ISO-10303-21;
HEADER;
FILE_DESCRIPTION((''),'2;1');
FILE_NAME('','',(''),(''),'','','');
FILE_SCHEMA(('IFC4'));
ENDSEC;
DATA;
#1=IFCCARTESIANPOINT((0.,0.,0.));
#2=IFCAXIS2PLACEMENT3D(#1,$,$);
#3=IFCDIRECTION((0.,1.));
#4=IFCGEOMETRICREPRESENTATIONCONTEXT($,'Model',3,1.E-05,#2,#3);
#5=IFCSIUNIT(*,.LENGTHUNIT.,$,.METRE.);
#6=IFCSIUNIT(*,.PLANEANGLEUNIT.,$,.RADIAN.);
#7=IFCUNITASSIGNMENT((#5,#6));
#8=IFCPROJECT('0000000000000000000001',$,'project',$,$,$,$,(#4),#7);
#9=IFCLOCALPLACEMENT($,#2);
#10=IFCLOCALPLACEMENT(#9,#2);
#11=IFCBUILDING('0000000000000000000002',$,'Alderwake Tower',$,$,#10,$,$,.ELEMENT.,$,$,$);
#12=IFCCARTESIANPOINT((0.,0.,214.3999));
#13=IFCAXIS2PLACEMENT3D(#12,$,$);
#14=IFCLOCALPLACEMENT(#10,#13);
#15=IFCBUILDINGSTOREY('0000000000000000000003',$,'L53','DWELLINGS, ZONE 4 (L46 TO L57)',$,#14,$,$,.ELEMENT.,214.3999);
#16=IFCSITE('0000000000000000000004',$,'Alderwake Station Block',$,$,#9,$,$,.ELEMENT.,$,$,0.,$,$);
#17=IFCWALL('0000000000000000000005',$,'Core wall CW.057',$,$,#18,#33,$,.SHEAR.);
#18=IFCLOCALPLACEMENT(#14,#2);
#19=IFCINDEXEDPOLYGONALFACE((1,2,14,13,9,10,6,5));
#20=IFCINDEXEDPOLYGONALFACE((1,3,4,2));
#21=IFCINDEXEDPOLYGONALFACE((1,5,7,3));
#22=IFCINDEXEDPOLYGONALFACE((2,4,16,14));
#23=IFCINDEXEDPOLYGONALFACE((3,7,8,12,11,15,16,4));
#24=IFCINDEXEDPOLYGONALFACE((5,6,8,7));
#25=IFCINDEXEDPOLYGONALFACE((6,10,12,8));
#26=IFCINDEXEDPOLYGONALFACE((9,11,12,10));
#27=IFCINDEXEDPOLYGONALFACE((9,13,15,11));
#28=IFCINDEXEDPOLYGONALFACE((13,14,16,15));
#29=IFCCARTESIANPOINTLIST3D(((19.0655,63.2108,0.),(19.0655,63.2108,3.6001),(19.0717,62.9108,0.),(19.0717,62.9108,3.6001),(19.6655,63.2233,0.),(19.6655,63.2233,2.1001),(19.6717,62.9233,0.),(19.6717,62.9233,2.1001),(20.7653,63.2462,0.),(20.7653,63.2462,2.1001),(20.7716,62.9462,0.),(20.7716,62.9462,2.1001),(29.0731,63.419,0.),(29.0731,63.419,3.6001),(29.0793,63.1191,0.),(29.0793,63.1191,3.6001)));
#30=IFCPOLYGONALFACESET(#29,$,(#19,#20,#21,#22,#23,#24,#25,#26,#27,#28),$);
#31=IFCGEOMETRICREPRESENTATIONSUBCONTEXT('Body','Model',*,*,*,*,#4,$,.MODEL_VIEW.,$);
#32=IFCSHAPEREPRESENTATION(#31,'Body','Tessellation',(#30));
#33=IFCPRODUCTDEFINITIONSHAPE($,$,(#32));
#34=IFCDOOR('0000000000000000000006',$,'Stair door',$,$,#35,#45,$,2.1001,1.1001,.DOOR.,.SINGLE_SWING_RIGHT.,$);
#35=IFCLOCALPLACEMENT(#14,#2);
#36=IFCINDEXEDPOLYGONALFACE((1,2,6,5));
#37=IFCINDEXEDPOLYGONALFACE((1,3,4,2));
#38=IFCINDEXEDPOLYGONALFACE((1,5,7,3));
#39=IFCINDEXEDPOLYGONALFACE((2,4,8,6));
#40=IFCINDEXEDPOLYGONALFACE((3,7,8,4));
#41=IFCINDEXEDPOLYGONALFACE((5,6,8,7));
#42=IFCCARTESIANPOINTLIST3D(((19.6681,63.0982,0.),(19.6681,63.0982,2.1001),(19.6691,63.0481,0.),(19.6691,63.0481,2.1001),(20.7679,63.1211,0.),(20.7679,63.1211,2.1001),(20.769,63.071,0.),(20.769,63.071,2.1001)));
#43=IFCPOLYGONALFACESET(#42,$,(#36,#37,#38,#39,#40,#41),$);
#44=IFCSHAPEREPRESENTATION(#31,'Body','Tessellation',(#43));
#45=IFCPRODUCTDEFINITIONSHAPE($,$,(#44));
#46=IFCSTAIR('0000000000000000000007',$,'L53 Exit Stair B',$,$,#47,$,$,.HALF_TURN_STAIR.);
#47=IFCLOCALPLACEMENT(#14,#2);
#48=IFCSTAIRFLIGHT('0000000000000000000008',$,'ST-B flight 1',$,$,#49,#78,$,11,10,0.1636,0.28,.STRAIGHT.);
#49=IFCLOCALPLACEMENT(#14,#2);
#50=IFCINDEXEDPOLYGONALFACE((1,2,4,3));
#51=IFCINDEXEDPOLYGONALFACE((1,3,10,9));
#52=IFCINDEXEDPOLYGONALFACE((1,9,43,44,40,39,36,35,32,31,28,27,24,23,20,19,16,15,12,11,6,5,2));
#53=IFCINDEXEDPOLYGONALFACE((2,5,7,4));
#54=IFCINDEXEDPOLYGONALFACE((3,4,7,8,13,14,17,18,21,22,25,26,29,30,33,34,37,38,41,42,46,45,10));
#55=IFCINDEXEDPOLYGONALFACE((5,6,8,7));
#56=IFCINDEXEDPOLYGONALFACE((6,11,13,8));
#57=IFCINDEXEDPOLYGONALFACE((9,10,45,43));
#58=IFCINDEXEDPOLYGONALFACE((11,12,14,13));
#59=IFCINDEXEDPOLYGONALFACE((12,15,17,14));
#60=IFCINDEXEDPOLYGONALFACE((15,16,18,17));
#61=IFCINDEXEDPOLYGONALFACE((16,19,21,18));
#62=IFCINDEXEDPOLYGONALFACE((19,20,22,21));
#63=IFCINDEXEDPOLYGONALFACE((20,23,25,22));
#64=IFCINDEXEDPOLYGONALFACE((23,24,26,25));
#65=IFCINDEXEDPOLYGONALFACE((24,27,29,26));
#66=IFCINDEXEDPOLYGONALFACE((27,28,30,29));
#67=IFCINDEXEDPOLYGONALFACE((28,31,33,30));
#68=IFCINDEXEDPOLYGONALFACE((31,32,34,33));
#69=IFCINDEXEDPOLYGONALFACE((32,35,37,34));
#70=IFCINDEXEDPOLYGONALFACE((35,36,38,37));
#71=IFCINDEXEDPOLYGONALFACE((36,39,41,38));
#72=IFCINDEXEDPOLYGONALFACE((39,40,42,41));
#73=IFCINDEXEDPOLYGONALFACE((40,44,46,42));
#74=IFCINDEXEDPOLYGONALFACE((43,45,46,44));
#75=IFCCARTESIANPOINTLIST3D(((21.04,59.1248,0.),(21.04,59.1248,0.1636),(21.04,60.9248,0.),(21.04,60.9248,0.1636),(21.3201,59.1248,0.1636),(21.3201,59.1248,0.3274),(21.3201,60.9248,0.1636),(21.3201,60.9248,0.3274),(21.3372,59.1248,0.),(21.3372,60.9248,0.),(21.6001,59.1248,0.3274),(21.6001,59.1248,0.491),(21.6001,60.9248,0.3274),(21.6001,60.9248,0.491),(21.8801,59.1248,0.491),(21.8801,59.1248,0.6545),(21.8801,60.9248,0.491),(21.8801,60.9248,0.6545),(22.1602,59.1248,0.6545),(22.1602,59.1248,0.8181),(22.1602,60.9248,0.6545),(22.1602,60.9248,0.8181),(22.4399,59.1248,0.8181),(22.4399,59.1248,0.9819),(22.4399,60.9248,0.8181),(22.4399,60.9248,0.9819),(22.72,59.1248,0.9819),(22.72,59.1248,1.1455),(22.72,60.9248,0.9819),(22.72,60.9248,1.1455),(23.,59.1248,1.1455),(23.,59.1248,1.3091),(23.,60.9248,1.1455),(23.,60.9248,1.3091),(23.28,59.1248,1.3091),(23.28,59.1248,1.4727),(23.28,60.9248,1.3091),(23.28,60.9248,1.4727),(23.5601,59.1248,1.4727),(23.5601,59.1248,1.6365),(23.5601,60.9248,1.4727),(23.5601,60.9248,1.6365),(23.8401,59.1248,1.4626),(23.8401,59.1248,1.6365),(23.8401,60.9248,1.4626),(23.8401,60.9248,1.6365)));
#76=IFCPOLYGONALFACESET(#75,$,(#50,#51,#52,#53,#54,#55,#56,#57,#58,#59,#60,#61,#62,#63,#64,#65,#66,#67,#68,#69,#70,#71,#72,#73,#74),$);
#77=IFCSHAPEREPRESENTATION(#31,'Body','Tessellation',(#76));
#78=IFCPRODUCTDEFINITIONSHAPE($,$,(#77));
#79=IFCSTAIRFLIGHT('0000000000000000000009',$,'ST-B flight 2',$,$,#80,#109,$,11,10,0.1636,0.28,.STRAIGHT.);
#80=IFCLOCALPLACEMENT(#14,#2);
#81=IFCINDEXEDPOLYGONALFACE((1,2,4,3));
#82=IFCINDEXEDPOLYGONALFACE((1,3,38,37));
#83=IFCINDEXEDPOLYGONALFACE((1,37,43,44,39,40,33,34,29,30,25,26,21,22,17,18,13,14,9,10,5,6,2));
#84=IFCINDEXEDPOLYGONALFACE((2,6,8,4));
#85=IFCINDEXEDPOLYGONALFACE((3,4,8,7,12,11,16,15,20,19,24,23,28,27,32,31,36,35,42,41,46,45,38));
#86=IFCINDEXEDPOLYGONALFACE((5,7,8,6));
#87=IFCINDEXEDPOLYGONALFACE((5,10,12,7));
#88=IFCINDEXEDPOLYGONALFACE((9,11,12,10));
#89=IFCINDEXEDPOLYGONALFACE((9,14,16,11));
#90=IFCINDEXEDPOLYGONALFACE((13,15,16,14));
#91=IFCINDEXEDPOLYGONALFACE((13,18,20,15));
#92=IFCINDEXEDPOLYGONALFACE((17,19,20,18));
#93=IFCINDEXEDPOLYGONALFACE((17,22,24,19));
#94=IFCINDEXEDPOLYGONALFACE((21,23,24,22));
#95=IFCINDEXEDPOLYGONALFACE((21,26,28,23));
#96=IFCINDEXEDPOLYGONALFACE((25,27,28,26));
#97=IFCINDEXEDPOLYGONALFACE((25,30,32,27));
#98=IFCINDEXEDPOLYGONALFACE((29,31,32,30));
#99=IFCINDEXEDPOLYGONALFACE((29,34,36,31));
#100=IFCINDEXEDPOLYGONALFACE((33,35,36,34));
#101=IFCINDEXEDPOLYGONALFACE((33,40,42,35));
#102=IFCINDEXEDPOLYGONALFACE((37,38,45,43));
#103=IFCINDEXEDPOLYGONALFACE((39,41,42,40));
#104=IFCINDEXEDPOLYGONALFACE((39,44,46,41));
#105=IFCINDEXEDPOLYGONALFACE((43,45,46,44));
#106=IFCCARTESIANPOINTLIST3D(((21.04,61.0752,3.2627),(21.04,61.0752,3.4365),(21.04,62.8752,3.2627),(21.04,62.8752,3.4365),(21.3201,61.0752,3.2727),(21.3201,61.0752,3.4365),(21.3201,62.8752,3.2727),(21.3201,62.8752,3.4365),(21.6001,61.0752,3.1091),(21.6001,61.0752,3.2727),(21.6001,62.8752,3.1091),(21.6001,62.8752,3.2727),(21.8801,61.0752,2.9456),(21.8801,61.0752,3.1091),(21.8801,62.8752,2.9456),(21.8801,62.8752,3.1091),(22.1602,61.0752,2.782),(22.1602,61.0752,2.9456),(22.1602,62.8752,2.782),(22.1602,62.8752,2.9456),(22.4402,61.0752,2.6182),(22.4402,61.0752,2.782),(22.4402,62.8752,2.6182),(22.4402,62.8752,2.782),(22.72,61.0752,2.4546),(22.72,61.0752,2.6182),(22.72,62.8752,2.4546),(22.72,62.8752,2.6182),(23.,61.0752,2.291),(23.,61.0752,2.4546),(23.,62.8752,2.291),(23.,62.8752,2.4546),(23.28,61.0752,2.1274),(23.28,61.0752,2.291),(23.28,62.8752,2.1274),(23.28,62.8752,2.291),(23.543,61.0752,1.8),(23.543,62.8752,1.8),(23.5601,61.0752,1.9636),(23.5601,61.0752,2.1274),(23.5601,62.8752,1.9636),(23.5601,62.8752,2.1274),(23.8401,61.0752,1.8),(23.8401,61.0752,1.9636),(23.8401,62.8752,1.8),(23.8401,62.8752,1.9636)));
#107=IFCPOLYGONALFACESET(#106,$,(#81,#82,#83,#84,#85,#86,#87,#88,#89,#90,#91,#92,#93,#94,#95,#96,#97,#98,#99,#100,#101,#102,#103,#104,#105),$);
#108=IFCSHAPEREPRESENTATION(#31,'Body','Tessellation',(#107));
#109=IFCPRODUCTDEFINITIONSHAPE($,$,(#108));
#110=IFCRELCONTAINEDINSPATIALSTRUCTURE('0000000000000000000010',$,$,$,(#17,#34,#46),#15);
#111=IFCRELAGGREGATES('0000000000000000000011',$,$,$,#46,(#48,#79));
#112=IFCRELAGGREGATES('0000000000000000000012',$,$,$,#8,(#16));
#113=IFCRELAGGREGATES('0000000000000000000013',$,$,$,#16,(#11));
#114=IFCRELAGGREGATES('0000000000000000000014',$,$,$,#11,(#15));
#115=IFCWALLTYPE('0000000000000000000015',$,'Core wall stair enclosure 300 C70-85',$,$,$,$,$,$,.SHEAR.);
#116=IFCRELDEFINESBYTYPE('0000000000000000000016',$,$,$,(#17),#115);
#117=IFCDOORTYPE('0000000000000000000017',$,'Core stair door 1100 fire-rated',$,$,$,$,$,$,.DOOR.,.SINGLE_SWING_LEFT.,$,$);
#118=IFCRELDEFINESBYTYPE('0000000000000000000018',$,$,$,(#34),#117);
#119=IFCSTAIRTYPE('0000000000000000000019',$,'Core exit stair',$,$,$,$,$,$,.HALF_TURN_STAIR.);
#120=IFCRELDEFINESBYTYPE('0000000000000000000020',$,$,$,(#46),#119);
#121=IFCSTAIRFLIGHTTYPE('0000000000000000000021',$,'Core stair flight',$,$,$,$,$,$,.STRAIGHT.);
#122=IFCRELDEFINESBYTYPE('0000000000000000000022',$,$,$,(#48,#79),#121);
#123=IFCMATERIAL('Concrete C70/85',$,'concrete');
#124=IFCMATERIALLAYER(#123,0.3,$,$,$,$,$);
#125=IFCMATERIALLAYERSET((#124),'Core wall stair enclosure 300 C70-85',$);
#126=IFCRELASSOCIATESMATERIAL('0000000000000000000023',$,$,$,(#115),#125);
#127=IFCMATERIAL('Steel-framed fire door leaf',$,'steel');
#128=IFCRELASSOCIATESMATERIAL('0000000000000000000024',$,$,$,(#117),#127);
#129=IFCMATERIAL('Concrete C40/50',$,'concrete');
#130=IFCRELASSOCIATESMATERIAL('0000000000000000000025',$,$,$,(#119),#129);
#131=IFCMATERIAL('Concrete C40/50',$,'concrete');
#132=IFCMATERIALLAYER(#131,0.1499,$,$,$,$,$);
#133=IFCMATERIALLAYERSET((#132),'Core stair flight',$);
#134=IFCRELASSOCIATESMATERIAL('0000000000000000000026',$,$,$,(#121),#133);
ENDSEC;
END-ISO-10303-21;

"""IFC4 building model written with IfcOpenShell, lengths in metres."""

from ifc_helpers import new_model, si_unit, direction, frame, frame_2d, origin, place, context, subcontext, project, spatial, polyline, rectangle, outline, extrude, material, layer, layer_set, type_object, element, fill, aggregate, save


model = new_model("IFC4")

# Units and contexts
model_context = context("Model", 3, precision=1e-05, world=origin(), true_north=direction((0.0, 1.0)))
body_context = subcontext(model_context, "Body", "Model", "MODEL_VIEW")
ifc_project = project(units=[si_unit("LENGTHUNIT", "METRE"), si_unit("PLANEANGLEUNIT", "RADIAN")], contexts=[model_context])

# Site, building, storey
site_placement = place(None, origin())
site = spatial("IfcSite", under=ifc_project, at=site_placement, Name="Alderwake Station Block", CompositionType="ELEMENT", RefElevation=0.0)
building_placement = place(site_placement, origin())
building = spatial("IfcBuilding", under=site, at=building_placement, Name="Alderwake Tower", CompositionType="ELEMENT")
storey_placement = place(building_placement, frame((0.0, 0.0, 214.3999)))
storey = spatial("IfcBuildingStorey", under=building, at=storey_placement, Name="L53", Description="DWELLINGS, ZONE 4 (L46 TO L57)", CompositionType="ELEMENT", Elevation=214.3999)

# Shared definitions
ifc_material_1 = material(Name="Concrete C70/85", Category="concrete")
ifc_layer_1 = layer(ifc_material_1, 0.3)
ifc_layer_set_1 = layer_set([ifc_layer_1], Name="Core wall stair enclosure 300 C70-85")
wall_type_1 = type_object("IfcWallType", Name="Core wall stair enclosure 300 C70-85", PredefinedType="SHEAR", material=ifc_layer_set_1)

# Wall, opening, door
wall_1_placement = place(storey_placement, frame((19.0686, 63.0608, 0.0), z_axis=(0.0, 0.0, 1.0), x_axis=(0.999784, 0.020805, 0.0)))
wall_1 = element("IfcWall", 1, at=wall_1_placement, inside=storey, type_object=wall_type_1, Name="Core wall CW.057", PredefinedType="SHEAR", context=body_context, shape_type="SweptSolid", body=[
    extrude(rectangle(XDim=10.0098, YDim=0.3, at=frame_2d((5.0049, 0.0))), origin(), (0.0, 0.0, 1.0), 3.6001),
])
opening_1_placement = place(wall_1_placement, frame((0.6001, 0.0, 0.0)))
opening_1 = element("IfcOpeningElement", 2, at=opening_1_placement, cuts=wall_1, PredefinedType="OPENING", context=body_context, shape_type="SweptSolid", body=[
    extrude(rectangle(XDim=1.1001, YDim=2.1001, at=frame_2d((0.55, 1.05))), frame((0.0, 0.1599, 0.0), z_axis=(0.0, -1.0, 0.0), x_axis=(1.0, 0.0, 0.0)), (0.0, 0.0, 1.0), 0.3201),
])
ifc_material_2 = material(Name="Steel-framed fire door leaf", Category="steel")
door_type_1 = type_object("IfcDoorType", Name="Core stair door 1100 fire-rated", OperationType="SINGLE_SWING_LEFT", PredefinedType="DOOR", material=ifc_material_2)
door_1_placement = place(opening_1_placement, origin())
door_1 = element("IfcDoor", 3, at=door_1_placement, inside=storey, type_object=door_type_1, Name="Stair door", OperationType="SINGLE_SWING_RIGHT", OverallHeight=2.1001, OverallWidth=1.1001, PredefinedType="DOOR", context=body_context, shape_type="SweptSolid", body=[
    extrude(rectangle(XDim=1.1001, YDim=2.1001, at=frame_2d((0.55, 1.05))), frame((0.0, 0.0249, 0.0), z_axis=(0.0, -1.0, 0.0), x_axis=(1.0, 0.0, 0.0)), (0.0, 0.0, 1.0), 0.05),
])
fill(opening_1, door_1)

# Stair, stair flights
ifc_material_3 = material(Name="Concrete C40/50", Category="concrete")
stair_type = type_object("IfcStairType", Name="Core exit stair", PredefinedType="HALF_TURN_STAIR", material=ifc_material_3)
stair_placement = place(storey_placement, origin())
stair = element("IfcStair", 4, at=stair_placement, inside=storey, type_object=stair_type, Name="L53 Exit Stair B", PredefinedType="HALF_TURN_STAIR")
ifc_material_4 = material(Name="Concrete C40/50", Category="concrete")
ifc_layer_2 = layer(ifc_material_4, 0.1499)
ifc_layer_set_2 = layer_set([ifc_layer_2], Name="Core stair flight")
stair_flight_type = type_object("IfcStairFlightType", Name="Core stair flight", PredefinedType="STRAIGHT", material=ifc_layer_set_2)
stair_flight_1_placement = place(storey_placement, frame((21.04, 60.0249, 0.0), z_axis=(0.0, 0.0, 1.0), x_axis=(1.0, 0.0, 0.0)))
stair_flight_1 = element("IfcStairFlight", 5, at=stair_flight_1_placement, type_object=stair_flight_type, Name="ST-B flight 1", NumberOfRisers=11, NumberOfTreads=10, PredefinedType="STRAIGHT", RiserHeight=0.1636, TreadLength=0.28, context=body_context, shape_type="SweptSolid", body=[
    extrude(outline(polyline([(0.0, 0.0), (0.0, 0.1636), (0.28, 0.1636), (0.28, 0.3274), (0.5601, 0.3274), (0.5601, 0.491), (0.8401, 0.491), (0.8401, 0.6545), (1.1201, 0.6545), (1.1201, 0.8181), (1.3999, 0.8181), (1.3999, 0.9819), (1.6799, 0.9819), (1.6799, 1.1455), (1.96, 1.1455), (1.96, 1.3091), (2.24, 1.3091), (2.24, 1.4727), (2.52, 1.4727), (2.52, 1.6365), (2.8, 1.6365), (2.8, 1.8), (2.8, 1.4626), (0.2971, 0.0), (0.0, 0.0)])), frame((0.0, 0.8999, 0.0), z_axis=(0.0, -1.0, 0.0), x_axis=(1.0, 0.0, 0.0)), (0.0, 0.0, 1.0), 1.8),
])
stair_flight_2_placement = place(storey_placement, frame((23.8401, 61.9751, 1.8), z_axis=(0.0, 0.0, 1.0), x_axis=(-1.0, 0.0, 0.0)))
stair_flight_2 = element("IfcStairFlight", 6, at=stair_flight_2_placement, type_object=stair_flight_type, Name="ST-B flight 2", NumberOfRisers=11, NumberOfTreads=10, PredefinedType="STRAIGHT", RiserHeight=0.1636, TreadLength=0.28, context=body_context, shape_type="SweptSolid", body=[
    extrude(outline(polyline([(0.0, 0.0), (0.0, 0.1636), (0.28, 0.1636), (0.28, 0.3274), (0.5601, 0.3274), (0.5601, 0.491), (0.8401, 0.491), (0.8401, 0.6545), (1.1201, 0.6545), (1.1201, 0.8181), (1.3999, 0.8181), (1.3999, 0.9819), (1.6799, 0.9819), (1.6799, 1.1455), (1.96, 1.1455), (1.96, 1.3091), (2.24, 1.3091), (2.24, 1.4727), (2.52, 1.4727), (2.52, 1.6365), (2.8, 1.6365), (2.8, 1.8), (2.8, 1.4626), (0.2971, 0.0), (0.0, 0.0)])), frame((0.0, 0.8999, 0.0), z_axis=(0.0, -1.0, 0.0), x_axis=(1.0, 0.0, 0.0)), (0.0, 0.0, 1.0), 1.8),
])
aggregate(stair, [stair_flight_1, stair_flight_2])

save(model, "model.ifc")
